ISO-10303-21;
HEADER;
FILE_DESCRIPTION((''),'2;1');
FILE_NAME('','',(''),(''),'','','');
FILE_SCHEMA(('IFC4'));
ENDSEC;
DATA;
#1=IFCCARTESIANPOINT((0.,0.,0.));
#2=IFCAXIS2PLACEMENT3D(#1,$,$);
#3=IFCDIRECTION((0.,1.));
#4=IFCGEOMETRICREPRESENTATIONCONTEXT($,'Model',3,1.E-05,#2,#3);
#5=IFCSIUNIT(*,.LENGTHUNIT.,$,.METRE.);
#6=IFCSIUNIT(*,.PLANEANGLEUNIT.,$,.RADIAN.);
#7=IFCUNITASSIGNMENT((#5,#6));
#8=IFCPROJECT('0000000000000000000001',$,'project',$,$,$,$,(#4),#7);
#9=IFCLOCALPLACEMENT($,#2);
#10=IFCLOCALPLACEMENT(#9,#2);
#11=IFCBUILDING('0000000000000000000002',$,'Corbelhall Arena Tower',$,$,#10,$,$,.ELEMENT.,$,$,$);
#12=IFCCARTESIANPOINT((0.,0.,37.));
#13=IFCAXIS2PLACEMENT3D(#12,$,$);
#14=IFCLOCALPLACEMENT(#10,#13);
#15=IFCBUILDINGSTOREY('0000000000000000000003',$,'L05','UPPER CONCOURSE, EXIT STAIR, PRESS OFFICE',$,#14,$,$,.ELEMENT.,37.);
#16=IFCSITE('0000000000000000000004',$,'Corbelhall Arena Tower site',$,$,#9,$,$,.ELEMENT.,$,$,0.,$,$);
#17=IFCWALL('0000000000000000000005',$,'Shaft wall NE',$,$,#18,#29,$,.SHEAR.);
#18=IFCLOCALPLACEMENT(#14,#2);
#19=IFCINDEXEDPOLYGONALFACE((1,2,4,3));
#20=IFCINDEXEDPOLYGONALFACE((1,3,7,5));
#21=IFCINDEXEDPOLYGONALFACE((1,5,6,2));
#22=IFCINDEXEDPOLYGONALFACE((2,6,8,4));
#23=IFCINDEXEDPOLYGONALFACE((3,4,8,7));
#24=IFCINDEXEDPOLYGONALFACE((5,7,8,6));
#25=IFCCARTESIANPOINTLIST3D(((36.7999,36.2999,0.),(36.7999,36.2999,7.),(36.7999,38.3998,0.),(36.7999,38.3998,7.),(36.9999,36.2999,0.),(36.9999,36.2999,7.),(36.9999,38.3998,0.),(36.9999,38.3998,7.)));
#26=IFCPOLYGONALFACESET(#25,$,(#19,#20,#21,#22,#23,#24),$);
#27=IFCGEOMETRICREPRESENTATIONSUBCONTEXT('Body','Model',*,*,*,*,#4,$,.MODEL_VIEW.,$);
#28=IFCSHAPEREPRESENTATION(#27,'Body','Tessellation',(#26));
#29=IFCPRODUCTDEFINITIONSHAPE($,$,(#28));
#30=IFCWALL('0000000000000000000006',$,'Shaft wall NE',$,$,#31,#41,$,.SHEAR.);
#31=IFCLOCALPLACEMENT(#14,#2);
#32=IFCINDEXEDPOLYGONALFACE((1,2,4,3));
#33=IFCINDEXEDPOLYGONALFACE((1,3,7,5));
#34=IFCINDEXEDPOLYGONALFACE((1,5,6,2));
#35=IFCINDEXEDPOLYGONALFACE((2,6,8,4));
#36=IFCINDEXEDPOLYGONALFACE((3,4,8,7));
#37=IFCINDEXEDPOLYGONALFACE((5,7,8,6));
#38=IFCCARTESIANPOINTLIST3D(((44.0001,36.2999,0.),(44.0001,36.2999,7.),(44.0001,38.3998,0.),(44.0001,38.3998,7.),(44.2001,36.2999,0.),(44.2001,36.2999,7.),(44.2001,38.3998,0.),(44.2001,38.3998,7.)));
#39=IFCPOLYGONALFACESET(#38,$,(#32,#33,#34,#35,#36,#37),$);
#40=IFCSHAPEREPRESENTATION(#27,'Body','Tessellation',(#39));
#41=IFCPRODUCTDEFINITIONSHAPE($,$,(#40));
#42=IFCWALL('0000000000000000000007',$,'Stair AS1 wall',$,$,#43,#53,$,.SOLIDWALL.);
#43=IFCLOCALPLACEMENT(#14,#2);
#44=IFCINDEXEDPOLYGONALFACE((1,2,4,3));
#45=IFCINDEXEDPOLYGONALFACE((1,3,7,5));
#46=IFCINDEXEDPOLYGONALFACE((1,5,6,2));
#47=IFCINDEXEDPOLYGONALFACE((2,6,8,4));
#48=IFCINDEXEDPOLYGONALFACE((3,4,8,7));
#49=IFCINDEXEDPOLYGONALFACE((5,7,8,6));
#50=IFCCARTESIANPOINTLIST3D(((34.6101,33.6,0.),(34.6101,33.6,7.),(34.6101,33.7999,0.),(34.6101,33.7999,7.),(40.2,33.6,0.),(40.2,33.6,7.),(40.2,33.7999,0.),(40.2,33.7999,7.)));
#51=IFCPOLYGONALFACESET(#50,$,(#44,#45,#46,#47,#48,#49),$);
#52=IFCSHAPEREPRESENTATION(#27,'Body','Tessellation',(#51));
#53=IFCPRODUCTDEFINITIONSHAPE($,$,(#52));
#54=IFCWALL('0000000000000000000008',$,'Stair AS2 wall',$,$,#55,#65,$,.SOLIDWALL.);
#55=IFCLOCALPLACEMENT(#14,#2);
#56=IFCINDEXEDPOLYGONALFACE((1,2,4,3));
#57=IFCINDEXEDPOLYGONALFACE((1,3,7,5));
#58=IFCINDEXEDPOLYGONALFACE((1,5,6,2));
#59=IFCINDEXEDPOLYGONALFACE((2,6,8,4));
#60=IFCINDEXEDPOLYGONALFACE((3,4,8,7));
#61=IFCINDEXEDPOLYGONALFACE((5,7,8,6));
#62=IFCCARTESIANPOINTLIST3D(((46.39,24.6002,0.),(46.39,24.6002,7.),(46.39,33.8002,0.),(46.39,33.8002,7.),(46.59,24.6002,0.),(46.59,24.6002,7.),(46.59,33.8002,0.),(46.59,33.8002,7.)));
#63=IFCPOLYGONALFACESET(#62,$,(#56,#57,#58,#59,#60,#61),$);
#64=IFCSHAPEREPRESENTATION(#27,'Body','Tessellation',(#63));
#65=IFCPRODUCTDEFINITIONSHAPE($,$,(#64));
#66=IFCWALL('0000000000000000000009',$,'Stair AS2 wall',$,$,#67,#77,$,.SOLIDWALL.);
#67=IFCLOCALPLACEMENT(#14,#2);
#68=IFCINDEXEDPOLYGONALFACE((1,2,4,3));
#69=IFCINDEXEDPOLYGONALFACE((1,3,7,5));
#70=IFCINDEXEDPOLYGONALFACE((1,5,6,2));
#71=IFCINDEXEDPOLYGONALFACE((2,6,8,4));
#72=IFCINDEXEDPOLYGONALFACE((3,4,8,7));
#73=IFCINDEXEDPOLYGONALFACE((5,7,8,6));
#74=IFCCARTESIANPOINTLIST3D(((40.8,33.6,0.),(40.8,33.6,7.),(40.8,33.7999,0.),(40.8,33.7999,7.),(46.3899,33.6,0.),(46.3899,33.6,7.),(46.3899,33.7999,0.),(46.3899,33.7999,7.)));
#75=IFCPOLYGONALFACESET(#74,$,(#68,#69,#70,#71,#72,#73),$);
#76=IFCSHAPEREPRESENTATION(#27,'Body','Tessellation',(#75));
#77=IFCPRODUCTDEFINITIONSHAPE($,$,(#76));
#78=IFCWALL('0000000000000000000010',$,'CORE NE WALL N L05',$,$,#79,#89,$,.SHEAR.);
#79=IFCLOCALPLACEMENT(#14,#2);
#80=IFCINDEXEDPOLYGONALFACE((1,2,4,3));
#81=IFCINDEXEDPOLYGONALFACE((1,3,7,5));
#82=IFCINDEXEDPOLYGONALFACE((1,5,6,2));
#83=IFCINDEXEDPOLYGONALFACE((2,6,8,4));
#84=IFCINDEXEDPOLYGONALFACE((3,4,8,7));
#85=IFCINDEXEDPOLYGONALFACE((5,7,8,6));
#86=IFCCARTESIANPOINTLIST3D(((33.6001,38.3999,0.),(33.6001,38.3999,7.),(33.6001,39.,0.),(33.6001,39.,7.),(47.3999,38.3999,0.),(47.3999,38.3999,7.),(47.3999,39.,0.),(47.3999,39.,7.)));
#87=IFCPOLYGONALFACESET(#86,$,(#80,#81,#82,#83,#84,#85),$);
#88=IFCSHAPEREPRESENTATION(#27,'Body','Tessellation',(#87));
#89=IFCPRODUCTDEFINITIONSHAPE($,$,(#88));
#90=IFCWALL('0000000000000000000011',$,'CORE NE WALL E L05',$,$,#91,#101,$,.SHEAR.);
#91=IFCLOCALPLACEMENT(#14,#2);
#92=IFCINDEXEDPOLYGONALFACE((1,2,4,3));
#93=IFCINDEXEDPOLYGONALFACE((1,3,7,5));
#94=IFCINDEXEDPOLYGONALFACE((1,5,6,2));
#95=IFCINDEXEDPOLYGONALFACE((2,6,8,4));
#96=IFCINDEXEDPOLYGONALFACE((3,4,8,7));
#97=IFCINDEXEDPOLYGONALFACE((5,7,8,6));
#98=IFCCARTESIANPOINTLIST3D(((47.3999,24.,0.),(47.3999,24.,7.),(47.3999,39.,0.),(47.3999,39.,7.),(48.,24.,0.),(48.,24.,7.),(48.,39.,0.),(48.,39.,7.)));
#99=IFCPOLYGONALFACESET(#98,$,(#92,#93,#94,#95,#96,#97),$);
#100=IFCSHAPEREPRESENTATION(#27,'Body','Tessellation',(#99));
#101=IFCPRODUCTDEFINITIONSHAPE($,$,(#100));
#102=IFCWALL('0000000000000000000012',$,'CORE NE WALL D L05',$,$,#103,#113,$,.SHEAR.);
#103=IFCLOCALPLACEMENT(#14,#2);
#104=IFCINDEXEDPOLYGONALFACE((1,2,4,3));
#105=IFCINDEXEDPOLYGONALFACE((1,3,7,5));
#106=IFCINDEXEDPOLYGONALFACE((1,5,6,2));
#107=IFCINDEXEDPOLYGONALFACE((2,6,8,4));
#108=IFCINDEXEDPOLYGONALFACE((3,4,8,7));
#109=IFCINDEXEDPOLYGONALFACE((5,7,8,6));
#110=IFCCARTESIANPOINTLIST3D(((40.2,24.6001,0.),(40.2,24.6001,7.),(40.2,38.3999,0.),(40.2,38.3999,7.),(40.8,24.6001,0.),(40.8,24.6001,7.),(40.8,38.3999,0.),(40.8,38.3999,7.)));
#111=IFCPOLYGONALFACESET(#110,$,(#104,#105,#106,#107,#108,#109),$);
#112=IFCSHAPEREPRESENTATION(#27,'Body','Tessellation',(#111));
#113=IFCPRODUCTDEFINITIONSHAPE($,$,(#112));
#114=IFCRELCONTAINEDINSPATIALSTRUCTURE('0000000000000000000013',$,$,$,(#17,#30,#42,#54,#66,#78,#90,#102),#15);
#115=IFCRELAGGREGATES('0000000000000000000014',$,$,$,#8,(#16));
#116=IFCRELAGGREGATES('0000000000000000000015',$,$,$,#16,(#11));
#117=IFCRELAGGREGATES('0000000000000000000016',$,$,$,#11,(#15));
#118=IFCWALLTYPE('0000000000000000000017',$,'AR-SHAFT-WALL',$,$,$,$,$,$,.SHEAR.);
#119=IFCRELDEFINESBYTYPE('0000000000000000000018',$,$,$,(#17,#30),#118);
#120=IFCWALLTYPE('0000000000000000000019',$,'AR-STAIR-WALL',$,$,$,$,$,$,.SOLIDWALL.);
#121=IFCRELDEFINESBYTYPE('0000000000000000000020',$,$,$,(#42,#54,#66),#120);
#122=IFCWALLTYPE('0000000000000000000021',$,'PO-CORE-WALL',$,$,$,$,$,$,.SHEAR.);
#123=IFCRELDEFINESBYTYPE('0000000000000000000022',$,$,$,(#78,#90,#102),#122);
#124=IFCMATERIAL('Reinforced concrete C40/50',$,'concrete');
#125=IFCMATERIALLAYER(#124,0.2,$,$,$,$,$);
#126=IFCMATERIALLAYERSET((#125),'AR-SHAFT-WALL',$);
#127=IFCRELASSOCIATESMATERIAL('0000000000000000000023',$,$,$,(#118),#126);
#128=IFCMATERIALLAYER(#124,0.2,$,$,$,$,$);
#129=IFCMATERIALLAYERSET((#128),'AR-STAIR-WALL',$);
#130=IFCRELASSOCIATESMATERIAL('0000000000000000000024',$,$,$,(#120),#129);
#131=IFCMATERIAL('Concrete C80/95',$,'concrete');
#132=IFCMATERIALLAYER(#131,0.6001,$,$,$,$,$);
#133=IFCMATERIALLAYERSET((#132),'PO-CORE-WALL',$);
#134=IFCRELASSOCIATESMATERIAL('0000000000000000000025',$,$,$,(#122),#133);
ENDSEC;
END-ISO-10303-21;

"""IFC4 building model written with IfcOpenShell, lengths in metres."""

from ifc_helpers import new_model, si_unit, direction, frame, frame_2d, origin, place, context, subcontext, project, spatial, rectangle, extrude, material, layer, layer_set, type_object, element, save


model = new_model("IFC4")

# Units and contexts
model_context = context("Model", 3, precision=1e-05, world=origin(), true_north=direction((0.0, 1.0)))
body_context = subcontext(model_context, "Body", "Model", "MODEL_VIEW")
ifc_project = project(units=[si_unit("LENGTHUNIT", "METRE"), si_unit("PLANEANGLEUNIT", "RADIAN")], contexts=[model_context])

# Site, building, storey
site_placement = place(None, origin())
site = spatial("IfcSite", under=ifc_project, at=site_placement, Name="Corbelhall Arena Tower site", CompositionType="ELEMENT", RefElevation=0.0)
building_placement = place(site_placement, origin())
building = spatial("IfcBuilding", under=site, at=building_placement, Name="Corbelhall Arena Tower", CompositionType="ELEMENT")
storey_placement = place(building_placement, frame((0.0, 0.0, 37.0)))
storey = spatial("IfcBuildingStorey", under=building, at=storey_placement, Name="L05", Description="UPPER CONCOURSE, EXIT STAIR, PRESS OFFICE", CompositionType="ELEMENT", Elevation=37.0)

# Shared definitions
ifc_material_1 = material(Name="Reinforced concrete C40/50", Category="concrete")
ifc_layer_1 = layer(ifc_material_1, 0.2)
ifc_layer_set_1 = layer_set([ifc_layer_1], Name="AR-SHAFT-WALL")
wall_type_1 = type_object("IfcWallType", Name="AR-SHAFT-WALL", PredefinedType="SHEAR", material=ifc_layer_set_1)

# Walls
for number, where, z_axis, x_axis, name in (
    (1, (36.8999, 36.3, 0.0), (0.0, 0.0, 1.0), (0.0, 1.0, 0.0), "Shaft wall NE"),
    (2, (44.1001, 36.3, 0.0), (0.0, 0.0, 1.0), (0.0, 1.0, 0.0), "Shaft wall NE"),
):
    element("IfcWall", number, at=place(storey_placement, frame(where, z_axis=z_axis, x_axis=x_axis)), inside=storey, type_object=wall_type_1, Name=name, PredefinedType="SHEAR", context=body_context, shape_type="SweptSolid", body=[
        extrude(rectangle(XDim=2.0999, YDim=0.2, at=frame_2d((1.0498, 0.0))), origin(), (0.0, 0.0, 1.0), 7.0),
    ])

# Shared definitions
ifc_layer_2 = layer(ifc_material_1, 0.2)
ifc_layer_set_2 = layer_set([ifc_layer_2], Name="AR-STAIR-WALL")
wall_type_2 = type_object("IfcWallType", Name="AR-STAIR-WALL", PredefinedType="SOLIDWALL", material=ifc_layer_set_2)

# Walls
wall_1_placement = place(storey_placement, frame((34.6101, 33.7, 0.0), z_axis=(0.0, 0.0, 1.0), x_axis=(1.0, 0.0, 0.0)))
element("IfcWall", 3, at=wall_1_placement, inside=storey, type_object=wall_type_2, Name="Stair AS1 wall", PredefinedType="SOLIDWALL", context=body_context, shape_type="SweptSolid", body=[
    extrude(rectangle(XDim=5.5898, YDim=0.2, at=frame_2d((2.7949, 0.0))), origin(), (0.0, 0.0, 1.0), 7.0),
])
wall_2_placement = place(storey_placement, frame((46.49, 24.6001, 0.0), z_axis=(0.0, 0.0, 1.0), x_axis=(0.0, 1.0, 0.0)))
element("IfcWall", 4, at=wall_2_placement, inside=storey, type_object=wall_type_2, Name="Stair AS2 wall", PredefinedType="SOLIDWALL", context=body_context, shape_type="SweptSolid", body=[
    extrude(rectangle(XDim=9.2, YDim=0.2, at=frame_2d((4.6001, 0.0))), origin(), (0.0, 0.0, 1.0), 7.0),
])
wall_3_placement = place(storey_placement, frame((40.8, 33.7, 0.0), z_axis=(0.0, 0.0, 1.0), x_axis=(1.0, 0.0, 0.0)))
element("IfcWall", 5, at=wall_3_placement, inside=storey, type_object=wall_type_2, Name="Stair AS2 wall", PredefinedType="SOLIDWALL", context=body_context, shape_type="SweptSolid", body=[
    extrude(rectangle(XDim=5.5898, YDim=0.2, at=frame_2d((2.7949, 0.0))), origin(), (0.0, 0.0, 1.0), 7.0),
])
ifc_material_2 = material(Name="Concrete C80/95", Category="concrete")
ifc_layer_3 = layer(ifc_material_2, 0.6001)
ifc_layer_set_3 = layer_set([ifc_layer_3], Name="PO-CORE-WALL")
wall_type_3 = type_object("IfcWallType", Name="PO-CORE-WALL", PredefinedType="SHEAR", material=ifc_layer_set_3)
wall_4_placement = place(storey_placement, frame((33.6001, 38.7, 0.0), z_axis=(0.0, 0.0, 1.0), x_axis=(1.0, 0.0, 0.0)))
element("IfcWall", 6, at=wall_4_placement, inside=storey, type_object=wall_type_3, Name="CORE NE WALL N L05", PredefinedType="SHEAR", context=body_context, shape_type="SweptSolid", body=[
    extrude(rectangle(XDim=13.7998, YDim=0.6001, at=frame_2d((6.8999, 0.0))), origin(), (0.0, 0.0, 1.0), 7.0),
])
wall_5_placement = place(storey_placement, frame((47.7, 24.0, 0.0), z_axis=(0.0, 0.0, 1.0), x_axis=(0.0, 1.0, 0.0)))
element("IfcWall", 7, at=wall_5_placement, inside=storey, type_object=wall_type_3, Name="CORE NE WALL E L05", PredefinedType="SHEAR", context=body_context, shape_type="SweptSolid", body=[
    extrude(rectangle(XDim=15.0, YDim=0.6001, at=frame_2d((7.5, 0.0))), origin(), (0.0, 0.0, 1.0), 7.0),
])
wall_6_placement = place(storey_placement, frame((40.5, 24.6001, 0.0), z_axis=(0.0, 0.0, 1.0), x_axis=(0.0, 1.0, 0.0)))
element("IfcWall", 8, at=wall_6_placement, inside=storey, type_object=wall_type_3, Name="CORE NE WALL D L05", PredefinedType="SHEAR", context=body_context, shape_type="SweptSolid", body=[
    extrude(rectangle(XDim=13.7998, YDim=0.6001, at=frame_2d((6.8999, 0.0))), origin(), (0.0, 0.0, 1.0), 7.0),
])

save(model, "model.ifc")
